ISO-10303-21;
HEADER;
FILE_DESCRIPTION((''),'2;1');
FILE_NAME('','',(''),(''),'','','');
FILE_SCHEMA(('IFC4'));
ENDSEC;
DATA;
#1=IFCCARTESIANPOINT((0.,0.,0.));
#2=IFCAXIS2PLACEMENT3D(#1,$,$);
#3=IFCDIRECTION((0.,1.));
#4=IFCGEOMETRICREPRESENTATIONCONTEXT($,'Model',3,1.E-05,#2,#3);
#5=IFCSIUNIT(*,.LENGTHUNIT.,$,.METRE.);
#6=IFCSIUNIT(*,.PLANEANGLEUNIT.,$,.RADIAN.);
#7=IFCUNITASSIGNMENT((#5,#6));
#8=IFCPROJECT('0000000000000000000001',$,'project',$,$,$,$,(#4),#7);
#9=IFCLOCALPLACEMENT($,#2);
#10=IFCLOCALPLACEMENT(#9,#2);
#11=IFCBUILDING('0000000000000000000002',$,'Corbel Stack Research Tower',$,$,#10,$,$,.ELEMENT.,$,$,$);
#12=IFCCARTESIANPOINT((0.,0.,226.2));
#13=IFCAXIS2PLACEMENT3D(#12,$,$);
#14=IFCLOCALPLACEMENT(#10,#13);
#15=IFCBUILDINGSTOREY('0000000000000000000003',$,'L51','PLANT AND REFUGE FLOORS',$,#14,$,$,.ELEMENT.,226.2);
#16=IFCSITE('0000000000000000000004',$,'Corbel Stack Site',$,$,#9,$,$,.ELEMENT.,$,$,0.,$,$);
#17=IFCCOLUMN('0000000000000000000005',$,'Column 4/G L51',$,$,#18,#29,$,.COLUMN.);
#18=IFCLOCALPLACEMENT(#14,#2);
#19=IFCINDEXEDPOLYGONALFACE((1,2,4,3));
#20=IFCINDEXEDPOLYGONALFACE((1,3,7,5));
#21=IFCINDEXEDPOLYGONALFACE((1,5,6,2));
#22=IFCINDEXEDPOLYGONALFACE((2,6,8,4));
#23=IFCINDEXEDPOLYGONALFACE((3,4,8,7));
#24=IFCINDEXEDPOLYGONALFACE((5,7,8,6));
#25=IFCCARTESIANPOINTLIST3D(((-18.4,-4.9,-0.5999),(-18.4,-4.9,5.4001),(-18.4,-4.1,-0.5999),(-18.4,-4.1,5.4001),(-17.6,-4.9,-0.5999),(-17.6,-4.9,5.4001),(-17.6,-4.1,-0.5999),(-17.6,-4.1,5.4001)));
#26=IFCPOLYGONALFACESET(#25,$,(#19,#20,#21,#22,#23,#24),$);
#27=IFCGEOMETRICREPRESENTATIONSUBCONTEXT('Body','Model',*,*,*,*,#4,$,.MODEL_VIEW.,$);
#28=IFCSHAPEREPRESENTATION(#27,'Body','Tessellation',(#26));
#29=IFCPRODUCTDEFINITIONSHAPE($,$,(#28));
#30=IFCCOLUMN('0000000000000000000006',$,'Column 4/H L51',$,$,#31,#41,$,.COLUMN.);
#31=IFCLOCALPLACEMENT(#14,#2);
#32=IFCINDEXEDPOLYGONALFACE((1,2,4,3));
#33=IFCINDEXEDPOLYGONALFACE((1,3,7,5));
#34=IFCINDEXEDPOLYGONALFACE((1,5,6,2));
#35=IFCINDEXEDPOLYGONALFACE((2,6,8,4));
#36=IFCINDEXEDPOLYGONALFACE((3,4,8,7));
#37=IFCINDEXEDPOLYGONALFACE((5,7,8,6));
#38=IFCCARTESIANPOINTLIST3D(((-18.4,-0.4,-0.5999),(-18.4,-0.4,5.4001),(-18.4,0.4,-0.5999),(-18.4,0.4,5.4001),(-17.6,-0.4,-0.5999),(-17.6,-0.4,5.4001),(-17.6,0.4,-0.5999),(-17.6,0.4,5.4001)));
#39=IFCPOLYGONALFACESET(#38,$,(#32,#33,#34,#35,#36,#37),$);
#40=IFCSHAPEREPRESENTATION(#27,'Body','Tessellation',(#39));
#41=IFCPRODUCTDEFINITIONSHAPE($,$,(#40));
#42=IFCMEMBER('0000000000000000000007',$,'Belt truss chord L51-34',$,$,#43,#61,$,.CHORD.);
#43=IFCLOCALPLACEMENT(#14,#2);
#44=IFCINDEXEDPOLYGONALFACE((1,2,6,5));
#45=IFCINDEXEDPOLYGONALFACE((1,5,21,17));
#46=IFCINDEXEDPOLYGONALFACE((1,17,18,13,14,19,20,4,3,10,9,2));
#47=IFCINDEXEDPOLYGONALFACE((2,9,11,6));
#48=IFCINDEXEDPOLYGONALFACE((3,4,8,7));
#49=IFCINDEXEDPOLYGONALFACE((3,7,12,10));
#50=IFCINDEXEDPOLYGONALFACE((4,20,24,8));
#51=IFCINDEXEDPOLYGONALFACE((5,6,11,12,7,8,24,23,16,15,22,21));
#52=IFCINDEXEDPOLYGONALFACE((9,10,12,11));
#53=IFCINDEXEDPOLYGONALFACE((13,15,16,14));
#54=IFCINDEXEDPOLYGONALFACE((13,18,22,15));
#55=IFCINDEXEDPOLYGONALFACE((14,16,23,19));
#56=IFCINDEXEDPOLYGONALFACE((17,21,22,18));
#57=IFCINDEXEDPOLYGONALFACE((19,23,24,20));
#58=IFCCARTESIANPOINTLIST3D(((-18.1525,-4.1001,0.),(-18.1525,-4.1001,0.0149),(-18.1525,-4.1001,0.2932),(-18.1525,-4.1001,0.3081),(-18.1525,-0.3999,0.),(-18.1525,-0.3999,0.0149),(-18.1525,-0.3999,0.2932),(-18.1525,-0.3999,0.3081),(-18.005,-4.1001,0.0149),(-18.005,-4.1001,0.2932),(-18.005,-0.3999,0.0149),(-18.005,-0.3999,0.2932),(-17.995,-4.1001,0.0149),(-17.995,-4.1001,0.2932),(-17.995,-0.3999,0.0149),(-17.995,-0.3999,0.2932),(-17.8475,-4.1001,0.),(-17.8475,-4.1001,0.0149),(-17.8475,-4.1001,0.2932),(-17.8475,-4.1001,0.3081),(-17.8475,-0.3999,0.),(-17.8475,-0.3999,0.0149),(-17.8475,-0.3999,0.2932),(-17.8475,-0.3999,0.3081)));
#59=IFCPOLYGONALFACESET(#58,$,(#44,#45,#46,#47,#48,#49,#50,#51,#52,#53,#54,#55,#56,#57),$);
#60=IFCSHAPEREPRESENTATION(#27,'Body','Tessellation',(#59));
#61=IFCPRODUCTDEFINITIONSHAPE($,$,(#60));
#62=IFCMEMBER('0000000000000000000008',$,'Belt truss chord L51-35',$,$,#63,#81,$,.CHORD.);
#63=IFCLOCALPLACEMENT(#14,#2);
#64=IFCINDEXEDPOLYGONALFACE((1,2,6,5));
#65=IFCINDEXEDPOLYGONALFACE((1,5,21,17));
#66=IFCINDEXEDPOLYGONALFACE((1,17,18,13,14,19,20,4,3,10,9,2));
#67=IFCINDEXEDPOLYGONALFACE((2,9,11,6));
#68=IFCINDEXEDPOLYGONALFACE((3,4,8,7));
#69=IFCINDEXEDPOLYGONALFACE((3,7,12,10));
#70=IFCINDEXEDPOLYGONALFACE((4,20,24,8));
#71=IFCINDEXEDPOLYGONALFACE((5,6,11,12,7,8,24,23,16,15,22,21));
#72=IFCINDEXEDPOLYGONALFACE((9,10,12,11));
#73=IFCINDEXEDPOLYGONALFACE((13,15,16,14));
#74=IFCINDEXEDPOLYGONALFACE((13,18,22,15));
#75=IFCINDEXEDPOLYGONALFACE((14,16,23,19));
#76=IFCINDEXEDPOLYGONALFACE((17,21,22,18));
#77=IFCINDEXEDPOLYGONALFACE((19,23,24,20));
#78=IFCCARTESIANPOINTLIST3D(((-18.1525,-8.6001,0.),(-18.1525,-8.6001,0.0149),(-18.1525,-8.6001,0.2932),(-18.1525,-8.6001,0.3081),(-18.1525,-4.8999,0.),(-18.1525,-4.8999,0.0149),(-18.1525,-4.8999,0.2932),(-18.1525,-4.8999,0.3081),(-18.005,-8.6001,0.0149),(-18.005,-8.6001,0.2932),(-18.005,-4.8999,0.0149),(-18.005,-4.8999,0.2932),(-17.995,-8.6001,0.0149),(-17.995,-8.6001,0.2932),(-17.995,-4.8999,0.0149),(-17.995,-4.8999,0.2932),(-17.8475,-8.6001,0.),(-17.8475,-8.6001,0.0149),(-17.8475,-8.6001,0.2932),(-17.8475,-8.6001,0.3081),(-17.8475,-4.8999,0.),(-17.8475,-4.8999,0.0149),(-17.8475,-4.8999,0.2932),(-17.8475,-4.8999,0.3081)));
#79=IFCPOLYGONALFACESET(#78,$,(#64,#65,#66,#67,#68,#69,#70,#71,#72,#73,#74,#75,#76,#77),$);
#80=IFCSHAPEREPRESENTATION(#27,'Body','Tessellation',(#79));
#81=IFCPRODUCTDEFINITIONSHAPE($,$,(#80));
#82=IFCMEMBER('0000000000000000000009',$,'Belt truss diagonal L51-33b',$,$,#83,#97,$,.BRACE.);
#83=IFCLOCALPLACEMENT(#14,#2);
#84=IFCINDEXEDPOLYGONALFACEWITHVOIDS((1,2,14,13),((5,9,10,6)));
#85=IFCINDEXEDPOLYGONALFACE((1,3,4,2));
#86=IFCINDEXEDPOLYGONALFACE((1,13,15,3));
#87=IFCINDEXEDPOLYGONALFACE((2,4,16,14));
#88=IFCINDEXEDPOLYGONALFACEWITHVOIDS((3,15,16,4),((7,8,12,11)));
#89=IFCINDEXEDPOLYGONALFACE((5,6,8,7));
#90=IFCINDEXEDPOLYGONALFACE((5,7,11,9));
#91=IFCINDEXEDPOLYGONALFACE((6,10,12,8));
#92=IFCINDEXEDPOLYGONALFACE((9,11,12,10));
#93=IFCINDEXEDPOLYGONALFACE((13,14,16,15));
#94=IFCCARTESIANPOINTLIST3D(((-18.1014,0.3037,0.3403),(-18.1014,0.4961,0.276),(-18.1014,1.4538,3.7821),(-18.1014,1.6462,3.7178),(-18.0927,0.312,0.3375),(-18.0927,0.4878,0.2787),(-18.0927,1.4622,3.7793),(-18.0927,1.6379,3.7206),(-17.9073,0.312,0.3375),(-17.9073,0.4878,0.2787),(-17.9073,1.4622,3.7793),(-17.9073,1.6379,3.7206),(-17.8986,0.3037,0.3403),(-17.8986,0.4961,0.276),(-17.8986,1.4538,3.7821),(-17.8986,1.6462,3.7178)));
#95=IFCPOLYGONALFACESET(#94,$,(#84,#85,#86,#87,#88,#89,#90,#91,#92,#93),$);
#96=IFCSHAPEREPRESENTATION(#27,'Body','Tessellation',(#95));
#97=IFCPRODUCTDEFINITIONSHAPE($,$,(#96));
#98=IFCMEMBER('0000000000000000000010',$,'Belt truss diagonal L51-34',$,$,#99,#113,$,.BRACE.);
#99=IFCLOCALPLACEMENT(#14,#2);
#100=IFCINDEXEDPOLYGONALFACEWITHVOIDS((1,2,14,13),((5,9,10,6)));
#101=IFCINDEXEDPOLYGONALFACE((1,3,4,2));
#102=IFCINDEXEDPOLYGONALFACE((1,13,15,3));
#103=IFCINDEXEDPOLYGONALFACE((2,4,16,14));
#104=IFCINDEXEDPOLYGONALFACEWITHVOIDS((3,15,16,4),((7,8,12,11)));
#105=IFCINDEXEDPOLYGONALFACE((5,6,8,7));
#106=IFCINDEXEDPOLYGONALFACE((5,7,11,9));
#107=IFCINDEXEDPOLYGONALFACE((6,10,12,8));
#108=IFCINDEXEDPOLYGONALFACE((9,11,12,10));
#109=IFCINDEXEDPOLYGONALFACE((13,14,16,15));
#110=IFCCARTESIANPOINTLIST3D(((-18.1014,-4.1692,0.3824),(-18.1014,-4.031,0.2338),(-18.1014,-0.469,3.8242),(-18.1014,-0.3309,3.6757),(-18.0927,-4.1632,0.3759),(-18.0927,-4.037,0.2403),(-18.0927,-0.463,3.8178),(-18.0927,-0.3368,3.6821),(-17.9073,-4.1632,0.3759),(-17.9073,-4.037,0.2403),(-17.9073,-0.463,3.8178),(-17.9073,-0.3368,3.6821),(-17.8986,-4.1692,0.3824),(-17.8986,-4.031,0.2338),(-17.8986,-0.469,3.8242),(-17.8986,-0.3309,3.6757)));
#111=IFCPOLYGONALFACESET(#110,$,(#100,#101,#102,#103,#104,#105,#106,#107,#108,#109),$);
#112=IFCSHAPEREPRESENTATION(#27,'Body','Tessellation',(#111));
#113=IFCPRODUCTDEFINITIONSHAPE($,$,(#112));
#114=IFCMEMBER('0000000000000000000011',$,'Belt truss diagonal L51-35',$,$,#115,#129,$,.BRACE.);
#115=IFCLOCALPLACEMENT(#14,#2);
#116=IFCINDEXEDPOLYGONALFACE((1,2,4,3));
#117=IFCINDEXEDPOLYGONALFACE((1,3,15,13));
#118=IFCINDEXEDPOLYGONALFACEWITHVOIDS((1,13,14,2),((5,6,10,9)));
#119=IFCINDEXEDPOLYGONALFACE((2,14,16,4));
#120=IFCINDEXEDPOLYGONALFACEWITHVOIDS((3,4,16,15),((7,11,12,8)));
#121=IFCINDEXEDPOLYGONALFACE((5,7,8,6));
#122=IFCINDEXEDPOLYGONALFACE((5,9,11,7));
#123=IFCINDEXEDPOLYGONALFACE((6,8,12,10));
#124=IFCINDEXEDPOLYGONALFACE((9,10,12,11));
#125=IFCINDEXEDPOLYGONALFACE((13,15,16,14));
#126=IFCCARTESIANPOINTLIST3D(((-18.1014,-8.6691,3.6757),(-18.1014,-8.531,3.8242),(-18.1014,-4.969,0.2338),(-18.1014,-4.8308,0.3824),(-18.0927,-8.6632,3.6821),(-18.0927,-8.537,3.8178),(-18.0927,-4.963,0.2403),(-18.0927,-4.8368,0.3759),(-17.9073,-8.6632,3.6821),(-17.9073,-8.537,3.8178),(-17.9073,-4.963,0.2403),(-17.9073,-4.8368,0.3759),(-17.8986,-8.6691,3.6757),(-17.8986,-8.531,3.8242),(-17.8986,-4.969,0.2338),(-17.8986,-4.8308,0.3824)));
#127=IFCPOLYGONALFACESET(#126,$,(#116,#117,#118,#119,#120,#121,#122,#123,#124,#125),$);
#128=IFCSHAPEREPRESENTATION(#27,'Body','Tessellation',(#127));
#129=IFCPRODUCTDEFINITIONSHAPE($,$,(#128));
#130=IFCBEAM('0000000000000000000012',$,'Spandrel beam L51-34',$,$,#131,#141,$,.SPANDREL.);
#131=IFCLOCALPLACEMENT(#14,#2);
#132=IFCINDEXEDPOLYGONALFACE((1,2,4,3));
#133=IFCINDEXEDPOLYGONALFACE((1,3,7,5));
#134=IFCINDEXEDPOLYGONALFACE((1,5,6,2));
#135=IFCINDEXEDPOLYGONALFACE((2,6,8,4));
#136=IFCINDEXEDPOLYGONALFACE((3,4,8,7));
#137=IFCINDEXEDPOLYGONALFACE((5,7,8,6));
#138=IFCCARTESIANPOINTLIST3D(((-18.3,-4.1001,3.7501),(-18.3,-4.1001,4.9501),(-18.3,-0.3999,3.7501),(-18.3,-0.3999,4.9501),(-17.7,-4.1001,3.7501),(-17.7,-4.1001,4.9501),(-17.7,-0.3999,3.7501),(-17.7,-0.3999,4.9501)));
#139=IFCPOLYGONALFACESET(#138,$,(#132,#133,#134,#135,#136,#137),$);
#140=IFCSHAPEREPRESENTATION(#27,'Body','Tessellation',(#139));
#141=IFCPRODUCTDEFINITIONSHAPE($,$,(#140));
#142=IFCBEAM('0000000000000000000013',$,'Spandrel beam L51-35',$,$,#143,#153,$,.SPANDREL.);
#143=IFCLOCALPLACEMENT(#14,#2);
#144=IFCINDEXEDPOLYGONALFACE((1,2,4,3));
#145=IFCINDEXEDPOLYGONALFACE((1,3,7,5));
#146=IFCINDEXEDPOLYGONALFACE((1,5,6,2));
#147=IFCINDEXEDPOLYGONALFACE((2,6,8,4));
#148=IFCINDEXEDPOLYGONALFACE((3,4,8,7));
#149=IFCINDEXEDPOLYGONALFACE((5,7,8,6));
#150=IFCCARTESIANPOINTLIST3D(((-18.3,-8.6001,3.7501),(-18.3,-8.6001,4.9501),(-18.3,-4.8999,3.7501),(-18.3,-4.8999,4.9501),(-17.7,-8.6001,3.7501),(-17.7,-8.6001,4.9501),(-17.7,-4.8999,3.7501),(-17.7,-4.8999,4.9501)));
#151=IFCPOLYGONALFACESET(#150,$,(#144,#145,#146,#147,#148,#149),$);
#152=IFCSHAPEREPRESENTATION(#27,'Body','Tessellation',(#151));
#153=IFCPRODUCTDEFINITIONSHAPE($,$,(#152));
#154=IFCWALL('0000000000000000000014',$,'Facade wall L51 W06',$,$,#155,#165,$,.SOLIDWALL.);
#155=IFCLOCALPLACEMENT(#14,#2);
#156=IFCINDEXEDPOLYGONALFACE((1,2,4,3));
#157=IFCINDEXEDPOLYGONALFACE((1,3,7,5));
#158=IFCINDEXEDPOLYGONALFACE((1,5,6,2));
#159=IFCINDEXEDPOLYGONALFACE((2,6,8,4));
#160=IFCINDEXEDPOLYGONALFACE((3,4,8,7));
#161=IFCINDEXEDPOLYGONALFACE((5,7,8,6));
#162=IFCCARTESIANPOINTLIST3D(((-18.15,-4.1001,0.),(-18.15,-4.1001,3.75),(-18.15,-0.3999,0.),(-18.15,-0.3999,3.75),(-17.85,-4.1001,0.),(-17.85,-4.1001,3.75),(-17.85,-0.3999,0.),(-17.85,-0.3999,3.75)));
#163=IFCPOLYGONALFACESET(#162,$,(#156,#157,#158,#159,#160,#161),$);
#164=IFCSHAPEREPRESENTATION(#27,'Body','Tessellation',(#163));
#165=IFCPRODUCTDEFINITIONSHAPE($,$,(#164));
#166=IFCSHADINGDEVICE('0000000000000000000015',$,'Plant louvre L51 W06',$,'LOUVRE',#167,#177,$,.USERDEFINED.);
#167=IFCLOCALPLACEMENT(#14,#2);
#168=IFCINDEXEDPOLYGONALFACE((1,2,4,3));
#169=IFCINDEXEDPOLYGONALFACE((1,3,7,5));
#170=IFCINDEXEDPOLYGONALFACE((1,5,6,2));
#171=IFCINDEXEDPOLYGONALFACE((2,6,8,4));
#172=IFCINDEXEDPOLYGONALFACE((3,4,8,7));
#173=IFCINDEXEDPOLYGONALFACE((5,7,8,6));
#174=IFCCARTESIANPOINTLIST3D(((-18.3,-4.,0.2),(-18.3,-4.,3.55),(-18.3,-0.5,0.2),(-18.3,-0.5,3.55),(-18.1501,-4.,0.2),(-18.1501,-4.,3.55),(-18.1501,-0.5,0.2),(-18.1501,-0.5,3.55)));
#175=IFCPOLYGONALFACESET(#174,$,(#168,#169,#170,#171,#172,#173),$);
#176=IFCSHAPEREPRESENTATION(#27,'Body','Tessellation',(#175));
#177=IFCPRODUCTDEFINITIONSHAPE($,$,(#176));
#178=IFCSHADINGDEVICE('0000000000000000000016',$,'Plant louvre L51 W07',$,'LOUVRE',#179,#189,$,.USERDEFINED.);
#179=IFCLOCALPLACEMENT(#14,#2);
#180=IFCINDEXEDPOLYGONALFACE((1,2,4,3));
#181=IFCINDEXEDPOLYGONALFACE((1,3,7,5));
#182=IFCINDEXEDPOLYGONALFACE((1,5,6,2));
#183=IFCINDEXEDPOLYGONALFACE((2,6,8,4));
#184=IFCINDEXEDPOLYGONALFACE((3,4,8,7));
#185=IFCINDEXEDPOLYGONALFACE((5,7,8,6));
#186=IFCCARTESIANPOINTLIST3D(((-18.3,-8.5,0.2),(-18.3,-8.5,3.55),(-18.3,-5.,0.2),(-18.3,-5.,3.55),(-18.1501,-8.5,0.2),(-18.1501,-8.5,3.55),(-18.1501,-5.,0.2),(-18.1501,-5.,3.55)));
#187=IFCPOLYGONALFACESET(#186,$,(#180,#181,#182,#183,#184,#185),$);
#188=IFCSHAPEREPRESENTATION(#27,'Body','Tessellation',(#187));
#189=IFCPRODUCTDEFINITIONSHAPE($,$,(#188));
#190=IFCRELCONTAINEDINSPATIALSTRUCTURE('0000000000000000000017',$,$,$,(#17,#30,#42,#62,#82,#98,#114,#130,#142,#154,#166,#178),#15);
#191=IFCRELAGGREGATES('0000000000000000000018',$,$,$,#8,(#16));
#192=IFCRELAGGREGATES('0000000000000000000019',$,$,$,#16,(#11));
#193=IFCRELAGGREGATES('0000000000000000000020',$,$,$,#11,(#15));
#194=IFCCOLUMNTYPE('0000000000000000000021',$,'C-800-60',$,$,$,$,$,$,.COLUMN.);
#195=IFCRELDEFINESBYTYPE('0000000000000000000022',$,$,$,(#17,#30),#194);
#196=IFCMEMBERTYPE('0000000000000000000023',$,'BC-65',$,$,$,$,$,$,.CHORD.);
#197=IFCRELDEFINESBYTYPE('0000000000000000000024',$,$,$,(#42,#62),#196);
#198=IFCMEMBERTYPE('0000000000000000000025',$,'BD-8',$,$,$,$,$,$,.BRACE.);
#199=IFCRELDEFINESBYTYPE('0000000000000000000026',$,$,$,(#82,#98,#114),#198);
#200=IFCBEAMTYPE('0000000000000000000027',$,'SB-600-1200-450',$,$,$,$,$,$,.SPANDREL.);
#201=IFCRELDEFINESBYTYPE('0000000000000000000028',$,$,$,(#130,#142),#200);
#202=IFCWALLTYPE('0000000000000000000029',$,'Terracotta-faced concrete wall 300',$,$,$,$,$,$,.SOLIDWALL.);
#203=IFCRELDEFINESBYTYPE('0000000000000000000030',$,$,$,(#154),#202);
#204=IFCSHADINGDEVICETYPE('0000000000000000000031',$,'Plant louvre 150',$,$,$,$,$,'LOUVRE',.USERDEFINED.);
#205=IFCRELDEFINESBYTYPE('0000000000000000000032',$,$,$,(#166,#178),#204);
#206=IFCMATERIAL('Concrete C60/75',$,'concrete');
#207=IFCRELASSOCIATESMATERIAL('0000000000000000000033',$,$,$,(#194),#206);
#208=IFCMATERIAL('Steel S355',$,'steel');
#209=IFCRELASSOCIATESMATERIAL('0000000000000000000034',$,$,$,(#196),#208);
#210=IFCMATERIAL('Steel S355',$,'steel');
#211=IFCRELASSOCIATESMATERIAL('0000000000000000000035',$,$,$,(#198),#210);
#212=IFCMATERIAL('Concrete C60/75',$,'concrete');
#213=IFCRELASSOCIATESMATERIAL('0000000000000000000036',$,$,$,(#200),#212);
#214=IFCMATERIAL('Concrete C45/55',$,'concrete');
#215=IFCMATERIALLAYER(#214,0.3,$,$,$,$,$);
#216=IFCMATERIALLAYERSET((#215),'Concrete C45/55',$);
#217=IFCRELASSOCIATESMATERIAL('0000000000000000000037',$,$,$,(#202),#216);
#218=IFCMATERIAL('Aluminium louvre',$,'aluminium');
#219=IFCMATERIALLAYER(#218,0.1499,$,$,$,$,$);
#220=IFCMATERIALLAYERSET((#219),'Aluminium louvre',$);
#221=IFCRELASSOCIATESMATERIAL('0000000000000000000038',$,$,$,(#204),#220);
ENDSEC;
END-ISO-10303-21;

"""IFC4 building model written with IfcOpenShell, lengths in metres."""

from ifc_helpers import new_model, si_unit, direction, frame, frame_2d, origin, origin_2d, place, context, subcontext, project, spatial, rectangle, hollow_rectangle, i_section, extrude, material, layer, layer_set, material_profile, profile_set, type_object, element, save


model = new_model("IFC4")

# Units and contexts
model_context = context("Model", 3, precision=1e-05, world=origin(), true_north=direction((0.0, 1.0)))
body_context = subcontext(model_context, "Body", "Model", "MODEL_VIEW")
ifc_project = project(units=[si_unit("LENGTHUNIT", "METRE"), si_unit("PLANEANGLEUNIT", "RADIAN")], contexts=[model_context])

# Site, building, storey
site_placement = place(None, origin())
site = spatial("IfcSite", under=ifc_project, at=site_placement, Name="Corbel Stack Site", CompositionType="ELEMENT", RefElevation=0.0)
building_placement = place(site_placement, origin())
building = spatial("IfcBuilding", under=site, at=building_placement, Name="Corbel Stack Research Tower", CompositionType="ELEMENT")
storey_placement = place(building_placement, frame((0.0, 0.0, 226.2)))
storey = spatial("IfcBuildingStorey", under=building, at=storey_placement, Name="L51", Description="PLANT AND REFUGE FLOORS", CompositionType="ELEMENT", Elevation=226.2)

# Columns
ifc_material_1 = material(Name="Concrete C60/75", Category="concrete")
ifc_material_profile_1 = material_profile(ifc_material_1, rectangle(XDim=0.8, YDim=0.8, at=origin_2d()), Name="RC 800 x 800")
ifc_profile_set_1 = profile_set([ifc_material_profile_1], Name="Concrete C60/75")
column_type = type_object("IfcColumnType", Name="C-800-60", PredefinedType="COLUMN", material=ifc_profile_set_1)
for number, where, z_axis, x_axis, name in (
    (1, (-18.0, -4.5, -0.5999), (0.0, 0.0, 1.0), (1.0, 0.0, 0.0), "Column 4/G L51"),
    (2, (-18.0, 0.0, -0.5999), (0.0, 0.0, 1.0), (1.0, 0.0, 0.0), "Column 4/H L51"),
):
    element("IfcColumn", number, at=place(storey_placement, frame(where, z_axis=z_axis, x_axis=x_axis)), inside=storey, type_object=column_type, Name=name, PredefinedType="COLUMN", context=body_context, shape_type="SweptSolid", body=[
        extrude(rectangle(XDim=0.8, YDim=0.8, at=origin_2d()), origin(), (0.0, 0.0, 1.0), 6.0),
    ])

# Members
ifc_material_2 = material(Name="Steel S355", Category="steel")
ifc_material_profile_2 = material_profile(ifc_material_2, i_section(OverallWidth=0.3049, OverallDepth=0.3081, WebThickness=0.01, FlangeThickness=0.0149, at=origin_2d()), Name="W12x65")
ifc_profile_set_2 = profile_set([ifc_material_profile_2], Name="Steel S355")
member_type_1 = type_object("IfcMemberType", Name="BC-65", PredefinedType="CHORD", material=ifc_profile_set_2)
for number, where, z_axis, x_axis, name in (
    (3, (-18.0, -0.3999, 0.1541), (0.0, -1.0, 0.0), (1.0, 0.0, 0.0), "Belt truss chord L51-34"),
    (4, (-18.0, -4.8999, 0.1541), (0.0, -1.0, 0.0), (1.0, 0.0, 0.0), "Belt truss chord L51-35"),
):
    element("IfcMember", number, at=place(storey_placement, frame(where, z_axis=z_axis, x_axis=x_axis)), inside=storey, type_object=member_type_1, Name=name, PredefinedType="CHORD", context=body_context, shape_type="SweptSolid", body=[
        extrude(i_section(OverallWidth=0.3049, OverallDepth=0.3081, WebThickness=0.01, FlangeThickness=0.0149, at=origin_2d()), origin(), (0.0, 0.0, 1.0), 3.7002),
    ])
ifc_material_3 = material(Name="Steel S355", Category="steel")
ifc_material_profile_3 = material_profile(ifc_material_3, hollow_rectangle(XDim=0.2029, YDim=0.2029, WallThickness=0.0088, at=origin_2d()), Name="HSS8x8x3/8")
ifc_profile_set_3 = profile_set([ifc_material_profile_3], Name="Steel S355")
member_type_2 = type_object("IfcMemberType", Name="BD-8", PredefinedType="BRACE", material=ifc_profile_set_3)
member_placement = place(storey_placement, frame((-18.0, 0.3999, 0.3081), z_axis=(0.0, 0.316934, 0.948448), x_axis=(-1.0, 0.0, 0.0)))
element("IfcMember", 5, at=member_placement, inside=storey, type_object=member_type_2, Name="Belt truss diagonal L51-33b", PredefinedType="BRACE", context=body_context, shape_type="SweptSolid", body=[
    extrude(hollow_rectangle(XDim=0.2029, YDim=0.2029, WallThickness=0.0088, at=origin_2d()), origin(), (0.0, 0.0, 1.0), 3.6289),
])
for number, where, z_axis, x_axis, name in (
    (6, (-18.0, -4.1001, 0.3081), (0.0, 0.732201, 0.681088), (-1.0, 0.0, 0.0), "Belt truss diagonal L51-34"),
    (7, (-18.0, -4.8999, 0.3081), (0.0, -0.732201, 0.681088), (1.0, 0.0, 0.0), "Belt truss diagonal L51-35"),
):
    element("IfcMember", number, at=place(storey_placement, frame(where, z_axis=z_axis, x_axis=x_axis)), inside=storey, type_object=member_type_2, Name=name, PredefinedType="BRACE", context=body_context, shape_type="SweptSolid", body=[
        extrude(hollow_rectangle(XDim=0.2029, YDim=0.2029, WallThickness=0.0088, at=origin_2d()), origin(), (0.0, 0.0, 1.0), 5.0535),
    ])

# Beams
ifc_material_4 = material(Name="Concrete C60/75", Category="concrete")
ifc_material_profile_4 = material_profile(ifc_material_4, rectangle(XDim=0.6001, YDim=1.2, at=origin_2d()), Name="RC 600 x 1200")
ifc_profile_set_4 = profile_set([ifc_material_profile_4], Name="Concrete C60/75")
beam_type = type_object("IfcBeamType", Name="SB-600-1200-450", PredefinedType="SPANDREL", material=ifc_profile_set_4)
for number, where, z_axis, x_axis, name in (
    (8, (-18.0, -0.3999, 4.3501), (0.0, -1.0, 0.0), (1.0, 0.0, 0.0), "Spandrel beam L51-34"),
    (9, (-18.0, -4.8999, 4.3501), (0.0, -1.0, 0.0), (1.0, 0.0, 0.0), "Spandrel beam L51-35"),
):
    element("IfcBeam", number, at=place(storey_placement, frame(where, z_axis=z_axis, x_axis=x_axis)), inside=storey, type_object=beam_type, Name=name, PredefinedType="SPANDREL", context=body_context, shape_type="SweptSolid", body=[
        extrude(rectangle(XDim=0.6001, YDim=1.2, at=origin_2d()), origin(), (0.0, 0.0, 1.0), 3.7002),
    ])

# Wall
ifc_material_5 = material(Name="Concrete C45/55", Category="concrete")
ifc_layer_1 = layer(ifc_material_5, 0.3)
ifc_layer_set_1 = layer_set([ifc_layer_1], Name="Concrete C45/55")
wall_type = type_object("IfcWallType", Name="Terracotta-faced concrete wall 300", PredefinedType="SOLIDWALL", material=ifc_layer_set_1)
wall_placement = place(storey_placement, frame((-18.0, -4.1001, 0.0), z_axis=(0.0, 0.0, 1.0), x_axis=(0.0, 1.0, 0.0)))
element("IfcWall", 10, at=wall_placement, inside=storey, type_object=wall_type, Name="Facade wall L51 W06", PredefinedType="SOLIDWALL", context=body_context, shape_type="SweptSolid", body=[
    extrude(rectangle(XDim=3.7002, YDim=0.3, at=frame_2d((1.8501, 0.0))), origin(), (0.0, 0.0, 1.0), 3.75),
])

# Shading devices
ifc_material_6 = material(Name="Aluminium louvre", Category="aluminium")
ifc_layer_2 = layer(ifc_material_6, 0.1499)
ifc_layer_set_2 = layer_set([ifc_layer_2], Name="Aluminium louvre")
shading_device_type = type_object("IfcShadingDeviceType", Name="Plant louvre 150", ElementType="LOUVRE", PredefinedType="USERDEFINED", material=ifc_layer_set_2)
for number, where, z_axis, x_axis, name in (
    (11, (-18.2251, -2.25, 0.2), (0.0, 0.0, 1.0), (0.0, -1.0, 0.0), "Plant louvre L51 W06"),
    (12, (-18.2251, -6.75, 0.2), (0.0, 0.0, 1.0), (0.0, -1.0, 0.0), "Plant louvre L51 W07"),
):
    element("IfcShadingDevice", number, at=place(storey_placement, frame(where, z_axis=z_axis, x_axis=x_axis)), inside=storey, type_object=shading_device_type, Name=name, ObjectType="LOUVRE", PredefinedType="USERDEFINED", context=body_context, shape_type="SweptSolid", body=[
        extrude(rectangle(XDim=3.5, YDim=0.1499, at=origin_2d()), origin(), (0.0, 0.0, 1.0), 3.3501),
    ])

save(model, "model.ifc")
